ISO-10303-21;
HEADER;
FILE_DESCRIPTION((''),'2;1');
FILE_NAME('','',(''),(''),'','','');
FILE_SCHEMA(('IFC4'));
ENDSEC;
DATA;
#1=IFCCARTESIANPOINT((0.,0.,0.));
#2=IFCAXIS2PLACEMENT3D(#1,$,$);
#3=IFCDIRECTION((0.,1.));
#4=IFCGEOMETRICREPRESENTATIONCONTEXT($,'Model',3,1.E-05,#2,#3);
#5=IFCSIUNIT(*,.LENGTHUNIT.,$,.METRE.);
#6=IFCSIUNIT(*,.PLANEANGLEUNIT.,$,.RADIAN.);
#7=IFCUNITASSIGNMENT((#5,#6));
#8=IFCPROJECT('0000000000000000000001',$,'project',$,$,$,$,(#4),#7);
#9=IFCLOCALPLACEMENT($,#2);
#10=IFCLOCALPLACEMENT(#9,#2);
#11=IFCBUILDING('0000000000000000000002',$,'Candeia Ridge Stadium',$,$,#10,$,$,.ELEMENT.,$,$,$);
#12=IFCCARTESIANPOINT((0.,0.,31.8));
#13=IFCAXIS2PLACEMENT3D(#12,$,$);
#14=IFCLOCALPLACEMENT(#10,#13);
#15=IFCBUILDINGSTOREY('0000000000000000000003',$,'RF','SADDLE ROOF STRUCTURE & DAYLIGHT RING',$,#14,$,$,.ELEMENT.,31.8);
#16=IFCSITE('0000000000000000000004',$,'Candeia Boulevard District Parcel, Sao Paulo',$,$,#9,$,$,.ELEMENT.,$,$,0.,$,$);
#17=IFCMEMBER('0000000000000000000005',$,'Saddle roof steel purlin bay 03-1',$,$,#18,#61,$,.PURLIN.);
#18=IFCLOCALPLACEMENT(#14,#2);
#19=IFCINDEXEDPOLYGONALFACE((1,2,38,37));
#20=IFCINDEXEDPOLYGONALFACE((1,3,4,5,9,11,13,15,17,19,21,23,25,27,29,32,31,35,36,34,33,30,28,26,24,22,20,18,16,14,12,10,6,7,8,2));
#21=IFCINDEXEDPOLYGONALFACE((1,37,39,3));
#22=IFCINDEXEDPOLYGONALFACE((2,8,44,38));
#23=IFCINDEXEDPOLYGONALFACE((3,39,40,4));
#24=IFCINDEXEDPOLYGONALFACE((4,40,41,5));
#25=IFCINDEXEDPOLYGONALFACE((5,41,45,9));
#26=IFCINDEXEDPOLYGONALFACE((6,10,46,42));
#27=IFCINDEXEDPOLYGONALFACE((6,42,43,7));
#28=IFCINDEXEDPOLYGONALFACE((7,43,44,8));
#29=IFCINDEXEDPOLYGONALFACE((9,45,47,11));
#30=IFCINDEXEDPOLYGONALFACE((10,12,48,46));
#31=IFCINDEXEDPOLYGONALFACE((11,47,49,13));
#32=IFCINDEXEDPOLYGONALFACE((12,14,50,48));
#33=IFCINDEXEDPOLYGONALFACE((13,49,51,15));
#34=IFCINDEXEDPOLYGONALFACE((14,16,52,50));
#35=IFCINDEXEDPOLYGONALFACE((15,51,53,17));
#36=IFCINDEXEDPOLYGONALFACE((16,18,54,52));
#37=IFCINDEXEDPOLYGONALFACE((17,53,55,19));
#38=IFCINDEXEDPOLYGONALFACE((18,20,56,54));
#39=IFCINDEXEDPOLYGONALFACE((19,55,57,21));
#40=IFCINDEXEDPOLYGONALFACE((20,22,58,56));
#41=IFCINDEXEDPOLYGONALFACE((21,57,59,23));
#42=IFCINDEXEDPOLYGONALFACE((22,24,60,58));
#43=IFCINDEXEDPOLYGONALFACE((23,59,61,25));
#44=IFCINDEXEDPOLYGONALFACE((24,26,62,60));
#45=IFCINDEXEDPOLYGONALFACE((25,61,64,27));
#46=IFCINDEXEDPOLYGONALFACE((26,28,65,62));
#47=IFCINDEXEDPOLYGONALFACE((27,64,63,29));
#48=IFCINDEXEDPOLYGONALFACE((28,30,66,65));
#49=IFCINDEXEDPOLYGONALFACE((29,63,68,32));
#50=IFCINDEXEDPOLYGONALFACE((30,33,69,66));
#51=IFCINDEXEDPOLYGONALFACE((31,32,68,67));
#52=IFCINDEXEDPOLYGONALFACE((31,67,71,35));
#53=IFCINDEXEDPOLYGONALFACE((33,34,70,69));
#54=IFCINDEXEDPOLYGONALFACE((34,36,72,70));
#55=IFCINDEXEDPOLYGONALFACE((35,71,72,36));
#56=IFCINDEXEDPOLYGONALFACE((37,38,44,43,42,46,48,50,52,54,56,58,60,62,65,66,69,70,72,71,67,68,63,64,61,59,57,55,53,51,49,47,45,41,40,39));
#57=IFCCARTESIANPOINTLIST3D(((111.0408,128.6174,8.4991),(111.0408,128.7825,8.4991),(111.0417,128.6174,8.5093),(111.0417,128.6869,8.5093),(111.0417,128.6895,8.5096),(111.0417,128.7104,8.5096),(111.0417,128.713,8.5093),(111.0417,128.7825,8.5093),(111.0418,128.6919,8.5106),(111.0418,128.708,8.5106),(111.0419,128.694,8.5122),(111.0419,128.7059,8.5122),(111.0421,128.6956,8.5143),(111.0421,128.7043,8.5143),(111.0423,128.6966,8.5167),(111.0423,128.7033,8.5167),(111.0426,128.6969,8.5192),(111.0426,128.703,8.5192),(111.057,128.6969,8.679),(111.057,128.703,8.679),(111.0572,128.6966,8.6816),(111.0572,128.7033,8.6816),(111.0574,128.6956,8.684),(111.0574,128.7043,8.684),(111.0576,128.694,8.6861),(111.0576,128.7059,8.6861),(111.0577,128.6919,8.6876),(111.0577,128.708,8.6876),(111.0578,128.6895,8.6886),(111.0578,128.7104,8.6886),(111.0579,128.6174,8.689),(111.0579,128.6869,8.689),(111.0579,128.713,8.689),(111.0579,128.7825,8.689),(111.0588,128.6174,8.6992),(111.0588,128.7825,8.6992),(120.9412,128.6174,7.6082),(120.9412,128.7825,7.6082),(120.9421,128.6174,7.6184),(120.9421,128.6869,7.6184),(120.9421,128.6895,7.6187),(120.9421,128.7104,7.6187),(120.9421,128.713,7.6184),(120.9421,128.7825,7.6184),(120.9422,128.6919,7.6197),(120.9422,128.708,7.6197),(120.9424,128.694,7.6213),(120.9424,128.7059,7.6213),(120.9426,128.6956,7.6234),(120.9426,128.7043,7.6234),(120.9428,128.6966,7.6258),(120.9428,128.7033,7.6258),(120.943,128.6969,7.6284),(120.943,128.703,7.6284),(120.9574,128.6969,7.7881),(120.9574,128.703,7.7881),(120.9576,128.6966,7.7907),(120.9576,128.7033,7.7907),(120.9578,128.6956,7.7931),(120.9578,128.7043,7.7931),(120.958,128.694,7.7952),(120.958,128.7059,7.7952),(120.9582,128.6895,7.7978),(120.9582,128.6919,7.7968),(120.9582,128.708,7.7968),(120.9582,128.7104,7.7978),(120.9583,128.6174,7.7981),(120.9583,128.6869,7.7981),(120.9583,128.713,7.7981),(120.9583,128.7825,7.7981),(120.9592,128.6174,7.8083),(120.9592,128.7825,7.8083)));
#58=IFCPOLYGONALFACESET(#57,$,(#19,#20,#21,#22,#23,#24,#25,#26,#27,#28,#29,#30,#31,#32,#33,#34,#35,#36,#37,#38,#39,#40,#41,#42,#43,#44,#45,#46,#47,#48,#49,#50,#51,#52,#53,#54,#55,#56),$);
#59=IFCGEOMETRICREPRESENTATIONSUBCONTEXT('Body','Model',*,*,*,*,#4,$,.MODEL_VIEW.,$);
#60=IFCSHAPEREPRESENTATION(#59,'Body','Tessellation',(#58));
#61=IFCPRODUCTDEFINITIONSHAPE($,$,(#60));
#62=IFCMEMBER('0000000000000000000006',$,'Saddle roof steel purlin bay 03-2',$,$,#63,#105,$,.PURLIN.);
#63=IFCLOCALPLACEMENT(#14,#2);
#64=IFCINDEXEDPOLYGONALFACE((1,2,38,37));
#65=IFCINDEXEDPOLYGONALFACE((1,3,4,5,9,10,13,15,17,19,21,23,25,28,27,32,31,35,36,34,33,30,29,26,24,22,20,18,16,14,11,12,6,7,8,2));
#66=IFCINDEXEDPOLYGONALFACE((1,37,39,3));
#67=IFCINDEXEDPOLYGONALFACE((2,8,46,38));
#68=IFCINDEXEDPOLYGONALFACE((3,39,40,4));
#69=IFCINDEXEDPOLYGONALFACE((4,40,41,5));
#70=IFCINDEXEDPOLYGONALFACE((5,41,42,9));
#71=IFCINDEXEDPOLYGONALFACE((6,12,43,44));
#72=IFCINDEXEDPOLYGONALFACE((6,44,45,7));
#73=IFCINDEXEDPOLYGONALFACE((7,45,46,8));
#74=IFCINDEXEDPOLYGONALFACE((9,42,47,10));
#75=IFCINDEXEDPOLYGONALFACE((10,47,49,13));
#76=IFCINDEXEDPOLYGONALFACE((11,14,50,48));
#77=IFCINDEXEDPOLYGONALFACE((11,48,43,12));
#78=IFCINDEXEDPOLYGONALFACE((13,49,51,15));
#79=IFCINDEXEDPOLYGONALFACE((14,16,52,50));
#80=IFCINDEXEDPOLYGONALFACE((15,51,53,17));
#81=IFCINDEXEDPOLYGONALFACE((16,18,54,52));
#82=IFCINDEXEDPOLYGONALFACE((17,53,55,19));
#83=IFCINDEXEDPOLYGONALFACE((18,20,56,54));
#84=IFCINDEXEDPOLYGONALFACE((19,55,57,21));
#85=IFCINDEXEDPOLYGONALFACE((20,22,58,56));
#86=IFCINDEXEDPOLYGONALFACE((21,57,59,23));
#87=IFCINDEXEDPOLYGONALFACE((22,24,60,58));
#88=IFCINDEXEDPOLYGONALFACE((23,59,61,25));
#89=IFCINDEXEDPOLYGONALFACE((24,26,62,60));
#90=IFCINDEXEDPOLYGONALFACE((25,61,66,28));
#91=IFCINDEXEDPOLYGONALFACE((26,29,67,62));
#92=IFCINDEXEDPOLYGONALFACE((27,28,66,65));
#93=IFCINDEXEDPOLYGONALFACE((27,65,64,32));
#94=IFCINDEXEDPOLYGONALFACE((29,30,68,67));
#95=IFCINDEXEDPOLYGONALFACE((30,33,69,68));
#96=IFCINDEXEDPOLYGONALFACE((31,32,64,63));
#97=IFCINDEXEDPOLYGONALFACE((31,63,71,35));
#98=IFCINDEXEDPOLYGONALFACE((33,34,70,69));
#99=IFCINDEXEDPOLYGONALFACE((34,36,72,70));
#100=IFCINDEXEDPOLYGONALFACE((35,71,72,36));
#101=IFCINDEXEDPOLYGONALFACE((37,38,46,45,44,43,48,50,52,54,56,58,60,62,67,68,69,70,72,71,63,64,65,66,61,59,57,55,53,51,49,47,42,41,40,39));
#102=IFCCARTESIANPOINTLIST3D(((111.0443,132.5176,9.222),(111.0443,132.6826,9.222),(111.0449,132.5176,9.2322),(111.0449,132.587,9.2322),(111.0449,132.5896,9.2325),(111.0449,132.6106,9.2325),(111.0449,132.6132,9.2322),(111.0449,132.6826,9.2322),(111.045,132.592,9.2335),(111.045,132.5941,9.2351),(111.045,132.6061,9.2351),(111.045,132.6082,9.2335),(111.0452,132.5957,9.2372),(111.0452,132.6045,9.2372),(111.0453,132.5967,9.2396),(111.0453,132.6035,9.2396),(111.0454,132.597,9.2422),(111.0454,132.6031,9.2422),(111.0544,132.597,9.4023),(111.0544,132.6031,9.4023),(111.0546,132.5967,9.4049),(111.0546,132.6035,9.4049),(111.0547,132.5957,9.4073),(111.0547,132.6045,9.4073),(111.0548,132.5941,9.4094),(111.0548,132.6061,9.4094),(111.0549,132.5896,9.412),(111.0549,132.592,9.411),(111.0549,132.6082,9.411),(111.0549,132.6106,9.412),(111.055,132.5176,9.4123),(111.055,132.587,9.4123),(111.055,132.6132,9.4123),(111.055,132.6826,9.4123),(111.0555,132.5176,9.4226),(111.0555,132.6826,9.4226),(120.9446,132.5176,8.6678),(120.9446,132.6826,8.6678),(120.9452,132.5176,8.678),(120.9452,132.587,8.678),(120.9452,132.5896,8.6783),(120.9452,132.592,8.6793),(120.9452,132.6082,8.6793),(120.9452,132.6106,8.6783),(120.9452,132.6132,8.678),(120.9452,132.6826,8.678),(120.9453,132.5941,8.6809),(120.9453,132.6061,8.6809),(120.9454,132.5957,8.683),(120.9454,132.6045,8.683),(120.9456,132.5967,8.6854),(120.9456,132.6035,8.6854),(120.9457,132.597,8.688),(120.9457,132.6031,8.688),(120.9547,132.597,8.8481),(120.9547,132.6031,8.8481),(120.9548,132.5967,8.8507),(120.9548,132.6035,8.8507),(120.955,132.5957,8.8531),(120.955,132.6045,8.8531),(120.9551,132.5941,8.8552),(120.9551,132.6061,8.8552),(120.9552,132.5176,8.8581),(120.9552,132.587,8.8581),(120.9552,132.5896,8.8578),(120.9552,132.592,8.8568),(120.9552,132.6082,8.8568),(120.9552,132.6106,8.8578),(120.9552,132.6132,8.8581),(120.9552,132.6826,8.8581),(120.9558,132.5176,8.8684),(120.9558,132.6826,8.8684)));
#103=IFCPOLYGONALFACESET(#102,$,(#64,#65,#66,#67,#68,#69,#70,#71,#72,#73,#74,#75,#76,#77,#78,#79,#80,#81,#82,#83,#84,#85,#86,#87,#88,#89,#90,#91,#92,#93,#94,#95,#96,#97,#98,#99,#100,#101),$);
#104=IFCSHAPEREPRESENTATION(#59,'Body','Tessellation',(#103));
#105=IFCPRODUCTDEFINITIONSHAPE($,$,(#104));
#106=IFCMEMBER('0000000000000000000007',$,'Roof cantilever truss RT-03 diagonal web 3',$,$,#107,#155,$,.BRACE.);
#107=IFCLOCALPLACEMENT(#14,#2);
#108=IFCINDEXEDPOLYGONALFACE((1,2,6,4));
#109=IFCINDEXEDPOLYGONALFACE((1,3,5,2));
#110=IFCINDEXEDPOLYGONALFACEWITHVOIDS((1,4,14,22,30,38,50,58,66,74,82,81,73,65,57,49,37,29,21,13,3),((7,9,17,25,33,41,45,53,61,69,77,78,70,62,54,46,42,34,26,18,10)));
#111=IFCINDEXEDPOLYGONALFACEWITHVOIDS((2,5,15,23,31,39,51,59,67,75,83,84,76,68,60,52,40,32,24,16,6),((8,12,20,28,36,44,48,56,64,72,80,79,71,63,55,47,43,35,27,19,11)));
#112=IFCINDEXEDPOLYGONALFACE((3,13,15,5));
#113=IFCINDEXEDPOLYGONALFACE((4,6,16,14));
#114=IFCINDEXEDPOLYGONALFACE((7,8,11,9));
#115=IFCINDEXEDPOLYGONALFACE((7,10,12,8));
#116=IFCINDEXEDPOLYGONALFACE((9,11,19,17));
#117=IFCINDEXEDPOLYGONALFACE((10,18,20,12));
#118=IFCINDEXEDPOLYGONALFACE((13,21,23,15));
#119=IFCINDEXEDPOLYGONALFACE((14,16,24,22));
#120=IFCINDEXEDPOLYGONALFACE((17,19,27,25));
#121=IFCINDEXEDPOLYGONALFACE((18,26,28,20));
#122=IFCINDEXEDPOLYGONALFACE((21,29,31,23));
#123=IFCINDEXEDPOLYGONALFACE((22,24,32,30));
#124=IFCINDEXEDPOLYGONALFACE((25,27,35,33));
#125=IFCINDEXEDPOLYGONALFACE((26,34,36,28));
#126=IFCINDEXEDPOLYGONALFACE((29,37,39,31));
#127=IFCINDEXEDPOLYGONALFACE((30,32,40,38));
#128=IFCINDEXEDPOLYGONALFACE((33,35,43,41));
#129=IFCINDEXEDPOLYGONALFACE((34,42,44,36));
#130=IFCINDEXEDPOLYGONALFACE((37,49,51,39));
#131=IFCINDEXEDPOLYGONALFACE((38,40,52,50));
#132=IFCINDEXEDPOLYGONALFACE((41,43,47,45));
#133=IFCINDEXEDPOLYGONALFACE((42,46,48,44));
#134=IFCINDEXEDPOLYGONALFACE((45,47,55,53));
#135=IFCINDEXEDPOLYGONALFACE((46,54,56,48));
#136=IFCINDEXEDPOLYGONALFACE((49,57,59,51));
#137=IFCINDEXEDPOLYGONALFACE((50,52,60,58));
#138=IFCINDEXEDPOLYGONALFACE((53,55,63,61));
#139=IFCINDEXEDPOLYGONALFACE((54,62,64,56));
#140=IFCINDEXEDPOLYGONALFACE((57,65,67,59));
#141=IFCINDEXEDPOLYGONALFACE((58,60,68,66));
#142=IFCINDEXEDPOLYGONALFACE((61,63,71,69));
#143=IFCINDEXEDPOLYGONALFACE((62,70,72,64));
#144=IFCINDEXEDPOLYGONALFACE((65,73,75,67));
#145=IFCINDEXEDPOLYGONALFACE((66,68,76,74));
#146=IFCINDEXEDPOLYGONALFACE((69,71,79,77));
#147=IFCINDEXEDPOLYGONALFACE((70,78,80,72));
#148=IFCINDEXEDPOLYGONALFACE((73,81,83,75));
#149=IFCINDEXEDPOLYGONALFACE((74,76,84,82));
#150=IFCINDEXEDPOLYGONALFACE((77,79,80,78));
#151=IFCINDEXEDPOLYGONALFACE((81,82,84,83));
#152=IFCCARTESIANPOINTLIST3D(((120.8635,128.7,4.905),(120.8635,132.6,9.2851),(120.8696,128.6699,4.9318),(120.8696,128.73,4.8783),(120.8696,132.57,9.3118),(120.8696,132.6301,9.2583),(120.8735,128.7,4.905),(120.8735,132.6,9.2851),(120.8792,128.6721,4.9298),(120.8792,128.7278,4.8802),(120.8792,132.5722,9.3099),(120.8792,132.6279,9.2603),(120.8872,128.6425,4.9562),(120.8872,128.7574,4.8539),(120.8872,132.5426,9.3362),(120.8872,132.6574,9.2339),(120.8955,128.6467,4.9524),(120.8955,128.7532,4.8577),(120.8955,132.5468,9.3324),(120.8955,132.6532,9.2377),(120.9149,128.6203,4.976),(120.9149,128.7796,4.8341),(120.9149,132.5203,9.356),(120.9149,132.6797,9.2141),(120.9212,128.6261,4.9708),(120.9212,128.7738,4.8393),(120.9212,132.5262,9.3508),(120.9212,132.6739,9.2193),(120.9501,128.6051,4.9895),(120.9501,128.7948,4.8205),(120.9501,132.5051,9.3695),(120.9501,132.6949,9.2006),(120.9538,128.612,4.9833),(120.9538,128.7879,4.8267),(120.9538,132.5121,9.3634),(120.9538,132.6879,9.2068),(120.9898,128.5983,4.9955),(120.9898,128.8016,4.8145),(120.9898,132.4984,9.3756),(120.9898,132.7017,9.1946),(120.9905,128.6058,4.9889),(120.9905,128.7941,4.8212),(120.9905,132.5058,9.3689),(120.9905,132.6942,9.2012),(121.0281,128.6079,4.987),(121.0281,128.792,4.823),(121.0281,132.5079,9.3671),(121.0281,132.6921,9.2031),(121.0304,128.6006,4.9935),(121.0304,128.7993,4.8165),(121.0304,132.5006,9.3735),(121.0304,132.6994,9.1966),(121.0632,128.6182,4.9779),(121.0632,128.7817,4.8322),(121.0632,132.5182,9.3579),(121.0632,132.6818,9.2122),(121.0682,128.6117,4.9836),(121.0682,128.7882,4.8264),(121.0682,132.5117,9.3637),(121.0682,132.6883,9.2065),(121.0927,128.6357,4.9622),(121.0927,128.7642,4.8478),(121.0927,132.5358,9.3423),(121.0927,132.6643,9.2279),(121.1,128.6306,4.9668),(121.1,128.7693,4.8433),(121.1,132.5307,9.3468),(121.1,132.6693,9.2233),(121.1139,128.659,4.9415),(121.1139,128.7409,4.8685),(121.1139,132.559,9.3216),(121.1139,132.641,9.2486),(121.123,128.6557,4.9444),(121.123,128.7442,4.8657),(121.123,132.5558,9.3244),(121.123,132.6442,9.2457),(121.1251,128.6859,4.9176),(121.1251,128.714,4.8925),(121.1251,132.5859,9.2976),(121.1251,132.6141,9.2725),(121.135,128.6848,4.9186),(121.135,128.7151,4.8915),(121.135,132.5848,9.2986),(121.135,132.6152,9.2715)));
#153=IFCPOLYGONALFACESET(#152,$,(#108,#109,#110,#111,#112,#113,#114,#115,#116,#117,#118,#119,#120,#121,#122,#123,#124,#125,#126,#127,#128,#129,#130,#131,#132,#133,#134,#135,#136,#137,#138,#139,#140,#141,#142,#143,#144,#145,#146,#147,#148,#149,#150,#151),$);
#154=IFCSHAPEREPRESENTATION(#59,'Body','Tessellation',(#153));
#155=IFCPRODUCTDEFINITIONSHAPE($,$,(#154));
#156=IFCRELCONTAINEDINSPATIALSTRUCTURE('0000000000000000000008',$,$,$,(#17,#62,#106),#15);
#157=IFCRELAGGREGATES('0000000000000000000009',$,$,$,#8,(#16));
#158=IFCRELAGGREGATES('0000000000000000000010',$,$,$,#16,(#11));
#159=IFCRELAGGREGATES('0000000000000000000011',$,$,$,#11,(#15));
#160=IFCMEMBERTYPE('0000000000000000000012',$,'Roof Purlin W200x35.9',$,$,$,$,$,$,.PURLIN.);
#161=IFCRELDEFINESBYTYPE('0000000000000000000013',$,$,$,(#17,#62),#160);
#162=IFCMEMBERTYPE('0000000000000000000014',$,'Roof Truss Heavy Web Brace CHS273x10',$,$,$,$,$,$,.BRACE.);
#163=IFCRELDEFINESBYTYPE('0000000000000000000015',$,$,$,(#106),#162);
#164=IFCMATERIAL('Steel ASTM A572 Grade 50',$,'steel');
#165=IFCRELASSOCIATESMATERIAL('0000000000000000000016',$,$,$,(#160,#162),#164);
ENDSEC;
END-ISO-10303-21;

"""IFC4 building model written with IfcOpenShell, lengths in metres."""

from ifc_helpers import new_model, si_unit, direction, frame, origin, origin_2d, place, context, subcontext, project, spatial, hollow_circle, i_section, extrude, material, material_profile, profile_set, type_object, element, save


model = new_model("IFC4")

# Units and contexts
model_context = context("Model", 3, precision=1e-05, world=origin(), true_north=direction((0.0, 1.0)))
body_context = subcontext(model_context, "Body", "Model", "MODEL_VIEW")
ifc_project = project(units=[si_unit("LENGTHUNIT", "METRE"), si_unit("PLANEANGLEUNIT", "RADIAN")], contexts=[model_context])

# Site, building, storey
site_placement = place(None, origin())
site = spatial("IfcSite", under=ifc_project, at=site_placement, Name="Candeia Boulevard District Parcel, Sao Paulo", CompositionType="ELEMENT", RefElevation=0.0)
building_placement = place(site_placement, origin())
building = spatial("IfcBuilding", under=site, at=building_placement, Name="Candeia Ridge Stadium", CompositionType="ELEMENT")
storey_placement = place(building_placement, frame((0.0, 0.0, 31.8)))
storey = spatial("IfcBuildingStorey", under=building, at=storey_placement, Name="RF", Description="SADDLE ROOF STRUCTURE & DAYLIGHT RING", CompositionType="ELEMENT", Elevation=31.8)

# Shared definitions
ifc_material_1 = material(Name="Steel ASTM A572 Grade 50", Category="steel")

# Members
ifc_material_profile_1 = material_profile(ifc_material_1, i_section(OverallWidth=0.165, OverallDepth=0.2009, WebThickness=0.0061, FlangeThickness=0.0103, FilletRadius=0.01, at=origin_2d()), Name="W200x35.9", Category="steel")
ifc_profile_set_1 = profile_set([ifc_material_profile_1], Name="Steel ASTM A572 Grade 50")
member_type_1 = type_object("IfcMemberType", Name="Roof Purlin W200x35.9", PredefinedType="PURLIN", material=ifc_profile_set_1)
member_1_placement = place(storey_placement, frame((120.9502, 128.7, 7.7083), z_axis=(-0.995976, 0.0, 0.089621), x_axis=(0.0, -1.0, 0.0)))
element("IfcMember", 1, at=member_1_placement, inside=storey, type_object=member_type_1, Name="Saddle roof steel purlin bay 03-1", PredefinedType="PURLIN", context=body_context, shape_type="SweptSolid", body=[
    extrude(i_section(OverallWidth=0.165, OverallDepth=0.2009, WebThickness=0.0061, FlangeThickness=0.0103, FilletRadius=0.01, at=origin_2d()), origin(), (0.0, 0.0, 1.0), 9.9404),
])
member_2_placement = place(storey_placement, frame((120.9502, 132.6001, 8.7681), z_axis=(-0.998437, 0.0, 0.05589), x_axis=(0.0, -1.0, 0.0)))
element("IfcMember", 2, at=member_2_placement, inside=storey, type_object=member_type_1, Name="Saddle roof steel purlin bay 03-2", PredefinedType="PURLIN", context=body_context, shape_type="SweptSolid", body=[
    extrude(i_section(OverallWidth=0.165, OverallDepth=0.2009, WebThickness=0.0061, FlangeThickness=0.0103, FilletRadius=0.01, at=origin_2d()), origin(), (0.0, 0.0, 1.0), 9.9158),
])
ifc_material_profile_2 = material_profile(ifc_material_1, hollow_circle(Radius=0.1365, WallThickness=0.01, at=origin_2d()), Name="CHS273x10", Category="steel")
ifc_profile_set_2 = profile_set([ifc_material_profile_2], Name="Steel ASTM A572 Grade 50")
member_type_2 = type_object("IfcMemberType", Name="Roof Truss Heavy Web Brace CHS273x10", PredefinedType="BRACE", material=ifc_profile_set_2)
member_3_placement = place(storey_placement, frame((121.0, 128.7, 4.905), z_axis=(0.0, 0.665002, 0.746842), x_axis=(-1.0, 0.0, 0.0)))
element("IfcMember", 3, at=member_3_placement, inside=storey, type_object=member_type_2, Name="Roof cantilever truss RT-03 diagonal web 3", PredefinedType="BRACE", context=body_context, shape_type="SweptSolid", body=[
    extrude(hollow_circle(Radius=0.1365, WallThickness=0.01, at=origin_2d()), origin(), (0.0, 0.0, 1.0), 5.8647),
])

save(model, "model.ifc")
